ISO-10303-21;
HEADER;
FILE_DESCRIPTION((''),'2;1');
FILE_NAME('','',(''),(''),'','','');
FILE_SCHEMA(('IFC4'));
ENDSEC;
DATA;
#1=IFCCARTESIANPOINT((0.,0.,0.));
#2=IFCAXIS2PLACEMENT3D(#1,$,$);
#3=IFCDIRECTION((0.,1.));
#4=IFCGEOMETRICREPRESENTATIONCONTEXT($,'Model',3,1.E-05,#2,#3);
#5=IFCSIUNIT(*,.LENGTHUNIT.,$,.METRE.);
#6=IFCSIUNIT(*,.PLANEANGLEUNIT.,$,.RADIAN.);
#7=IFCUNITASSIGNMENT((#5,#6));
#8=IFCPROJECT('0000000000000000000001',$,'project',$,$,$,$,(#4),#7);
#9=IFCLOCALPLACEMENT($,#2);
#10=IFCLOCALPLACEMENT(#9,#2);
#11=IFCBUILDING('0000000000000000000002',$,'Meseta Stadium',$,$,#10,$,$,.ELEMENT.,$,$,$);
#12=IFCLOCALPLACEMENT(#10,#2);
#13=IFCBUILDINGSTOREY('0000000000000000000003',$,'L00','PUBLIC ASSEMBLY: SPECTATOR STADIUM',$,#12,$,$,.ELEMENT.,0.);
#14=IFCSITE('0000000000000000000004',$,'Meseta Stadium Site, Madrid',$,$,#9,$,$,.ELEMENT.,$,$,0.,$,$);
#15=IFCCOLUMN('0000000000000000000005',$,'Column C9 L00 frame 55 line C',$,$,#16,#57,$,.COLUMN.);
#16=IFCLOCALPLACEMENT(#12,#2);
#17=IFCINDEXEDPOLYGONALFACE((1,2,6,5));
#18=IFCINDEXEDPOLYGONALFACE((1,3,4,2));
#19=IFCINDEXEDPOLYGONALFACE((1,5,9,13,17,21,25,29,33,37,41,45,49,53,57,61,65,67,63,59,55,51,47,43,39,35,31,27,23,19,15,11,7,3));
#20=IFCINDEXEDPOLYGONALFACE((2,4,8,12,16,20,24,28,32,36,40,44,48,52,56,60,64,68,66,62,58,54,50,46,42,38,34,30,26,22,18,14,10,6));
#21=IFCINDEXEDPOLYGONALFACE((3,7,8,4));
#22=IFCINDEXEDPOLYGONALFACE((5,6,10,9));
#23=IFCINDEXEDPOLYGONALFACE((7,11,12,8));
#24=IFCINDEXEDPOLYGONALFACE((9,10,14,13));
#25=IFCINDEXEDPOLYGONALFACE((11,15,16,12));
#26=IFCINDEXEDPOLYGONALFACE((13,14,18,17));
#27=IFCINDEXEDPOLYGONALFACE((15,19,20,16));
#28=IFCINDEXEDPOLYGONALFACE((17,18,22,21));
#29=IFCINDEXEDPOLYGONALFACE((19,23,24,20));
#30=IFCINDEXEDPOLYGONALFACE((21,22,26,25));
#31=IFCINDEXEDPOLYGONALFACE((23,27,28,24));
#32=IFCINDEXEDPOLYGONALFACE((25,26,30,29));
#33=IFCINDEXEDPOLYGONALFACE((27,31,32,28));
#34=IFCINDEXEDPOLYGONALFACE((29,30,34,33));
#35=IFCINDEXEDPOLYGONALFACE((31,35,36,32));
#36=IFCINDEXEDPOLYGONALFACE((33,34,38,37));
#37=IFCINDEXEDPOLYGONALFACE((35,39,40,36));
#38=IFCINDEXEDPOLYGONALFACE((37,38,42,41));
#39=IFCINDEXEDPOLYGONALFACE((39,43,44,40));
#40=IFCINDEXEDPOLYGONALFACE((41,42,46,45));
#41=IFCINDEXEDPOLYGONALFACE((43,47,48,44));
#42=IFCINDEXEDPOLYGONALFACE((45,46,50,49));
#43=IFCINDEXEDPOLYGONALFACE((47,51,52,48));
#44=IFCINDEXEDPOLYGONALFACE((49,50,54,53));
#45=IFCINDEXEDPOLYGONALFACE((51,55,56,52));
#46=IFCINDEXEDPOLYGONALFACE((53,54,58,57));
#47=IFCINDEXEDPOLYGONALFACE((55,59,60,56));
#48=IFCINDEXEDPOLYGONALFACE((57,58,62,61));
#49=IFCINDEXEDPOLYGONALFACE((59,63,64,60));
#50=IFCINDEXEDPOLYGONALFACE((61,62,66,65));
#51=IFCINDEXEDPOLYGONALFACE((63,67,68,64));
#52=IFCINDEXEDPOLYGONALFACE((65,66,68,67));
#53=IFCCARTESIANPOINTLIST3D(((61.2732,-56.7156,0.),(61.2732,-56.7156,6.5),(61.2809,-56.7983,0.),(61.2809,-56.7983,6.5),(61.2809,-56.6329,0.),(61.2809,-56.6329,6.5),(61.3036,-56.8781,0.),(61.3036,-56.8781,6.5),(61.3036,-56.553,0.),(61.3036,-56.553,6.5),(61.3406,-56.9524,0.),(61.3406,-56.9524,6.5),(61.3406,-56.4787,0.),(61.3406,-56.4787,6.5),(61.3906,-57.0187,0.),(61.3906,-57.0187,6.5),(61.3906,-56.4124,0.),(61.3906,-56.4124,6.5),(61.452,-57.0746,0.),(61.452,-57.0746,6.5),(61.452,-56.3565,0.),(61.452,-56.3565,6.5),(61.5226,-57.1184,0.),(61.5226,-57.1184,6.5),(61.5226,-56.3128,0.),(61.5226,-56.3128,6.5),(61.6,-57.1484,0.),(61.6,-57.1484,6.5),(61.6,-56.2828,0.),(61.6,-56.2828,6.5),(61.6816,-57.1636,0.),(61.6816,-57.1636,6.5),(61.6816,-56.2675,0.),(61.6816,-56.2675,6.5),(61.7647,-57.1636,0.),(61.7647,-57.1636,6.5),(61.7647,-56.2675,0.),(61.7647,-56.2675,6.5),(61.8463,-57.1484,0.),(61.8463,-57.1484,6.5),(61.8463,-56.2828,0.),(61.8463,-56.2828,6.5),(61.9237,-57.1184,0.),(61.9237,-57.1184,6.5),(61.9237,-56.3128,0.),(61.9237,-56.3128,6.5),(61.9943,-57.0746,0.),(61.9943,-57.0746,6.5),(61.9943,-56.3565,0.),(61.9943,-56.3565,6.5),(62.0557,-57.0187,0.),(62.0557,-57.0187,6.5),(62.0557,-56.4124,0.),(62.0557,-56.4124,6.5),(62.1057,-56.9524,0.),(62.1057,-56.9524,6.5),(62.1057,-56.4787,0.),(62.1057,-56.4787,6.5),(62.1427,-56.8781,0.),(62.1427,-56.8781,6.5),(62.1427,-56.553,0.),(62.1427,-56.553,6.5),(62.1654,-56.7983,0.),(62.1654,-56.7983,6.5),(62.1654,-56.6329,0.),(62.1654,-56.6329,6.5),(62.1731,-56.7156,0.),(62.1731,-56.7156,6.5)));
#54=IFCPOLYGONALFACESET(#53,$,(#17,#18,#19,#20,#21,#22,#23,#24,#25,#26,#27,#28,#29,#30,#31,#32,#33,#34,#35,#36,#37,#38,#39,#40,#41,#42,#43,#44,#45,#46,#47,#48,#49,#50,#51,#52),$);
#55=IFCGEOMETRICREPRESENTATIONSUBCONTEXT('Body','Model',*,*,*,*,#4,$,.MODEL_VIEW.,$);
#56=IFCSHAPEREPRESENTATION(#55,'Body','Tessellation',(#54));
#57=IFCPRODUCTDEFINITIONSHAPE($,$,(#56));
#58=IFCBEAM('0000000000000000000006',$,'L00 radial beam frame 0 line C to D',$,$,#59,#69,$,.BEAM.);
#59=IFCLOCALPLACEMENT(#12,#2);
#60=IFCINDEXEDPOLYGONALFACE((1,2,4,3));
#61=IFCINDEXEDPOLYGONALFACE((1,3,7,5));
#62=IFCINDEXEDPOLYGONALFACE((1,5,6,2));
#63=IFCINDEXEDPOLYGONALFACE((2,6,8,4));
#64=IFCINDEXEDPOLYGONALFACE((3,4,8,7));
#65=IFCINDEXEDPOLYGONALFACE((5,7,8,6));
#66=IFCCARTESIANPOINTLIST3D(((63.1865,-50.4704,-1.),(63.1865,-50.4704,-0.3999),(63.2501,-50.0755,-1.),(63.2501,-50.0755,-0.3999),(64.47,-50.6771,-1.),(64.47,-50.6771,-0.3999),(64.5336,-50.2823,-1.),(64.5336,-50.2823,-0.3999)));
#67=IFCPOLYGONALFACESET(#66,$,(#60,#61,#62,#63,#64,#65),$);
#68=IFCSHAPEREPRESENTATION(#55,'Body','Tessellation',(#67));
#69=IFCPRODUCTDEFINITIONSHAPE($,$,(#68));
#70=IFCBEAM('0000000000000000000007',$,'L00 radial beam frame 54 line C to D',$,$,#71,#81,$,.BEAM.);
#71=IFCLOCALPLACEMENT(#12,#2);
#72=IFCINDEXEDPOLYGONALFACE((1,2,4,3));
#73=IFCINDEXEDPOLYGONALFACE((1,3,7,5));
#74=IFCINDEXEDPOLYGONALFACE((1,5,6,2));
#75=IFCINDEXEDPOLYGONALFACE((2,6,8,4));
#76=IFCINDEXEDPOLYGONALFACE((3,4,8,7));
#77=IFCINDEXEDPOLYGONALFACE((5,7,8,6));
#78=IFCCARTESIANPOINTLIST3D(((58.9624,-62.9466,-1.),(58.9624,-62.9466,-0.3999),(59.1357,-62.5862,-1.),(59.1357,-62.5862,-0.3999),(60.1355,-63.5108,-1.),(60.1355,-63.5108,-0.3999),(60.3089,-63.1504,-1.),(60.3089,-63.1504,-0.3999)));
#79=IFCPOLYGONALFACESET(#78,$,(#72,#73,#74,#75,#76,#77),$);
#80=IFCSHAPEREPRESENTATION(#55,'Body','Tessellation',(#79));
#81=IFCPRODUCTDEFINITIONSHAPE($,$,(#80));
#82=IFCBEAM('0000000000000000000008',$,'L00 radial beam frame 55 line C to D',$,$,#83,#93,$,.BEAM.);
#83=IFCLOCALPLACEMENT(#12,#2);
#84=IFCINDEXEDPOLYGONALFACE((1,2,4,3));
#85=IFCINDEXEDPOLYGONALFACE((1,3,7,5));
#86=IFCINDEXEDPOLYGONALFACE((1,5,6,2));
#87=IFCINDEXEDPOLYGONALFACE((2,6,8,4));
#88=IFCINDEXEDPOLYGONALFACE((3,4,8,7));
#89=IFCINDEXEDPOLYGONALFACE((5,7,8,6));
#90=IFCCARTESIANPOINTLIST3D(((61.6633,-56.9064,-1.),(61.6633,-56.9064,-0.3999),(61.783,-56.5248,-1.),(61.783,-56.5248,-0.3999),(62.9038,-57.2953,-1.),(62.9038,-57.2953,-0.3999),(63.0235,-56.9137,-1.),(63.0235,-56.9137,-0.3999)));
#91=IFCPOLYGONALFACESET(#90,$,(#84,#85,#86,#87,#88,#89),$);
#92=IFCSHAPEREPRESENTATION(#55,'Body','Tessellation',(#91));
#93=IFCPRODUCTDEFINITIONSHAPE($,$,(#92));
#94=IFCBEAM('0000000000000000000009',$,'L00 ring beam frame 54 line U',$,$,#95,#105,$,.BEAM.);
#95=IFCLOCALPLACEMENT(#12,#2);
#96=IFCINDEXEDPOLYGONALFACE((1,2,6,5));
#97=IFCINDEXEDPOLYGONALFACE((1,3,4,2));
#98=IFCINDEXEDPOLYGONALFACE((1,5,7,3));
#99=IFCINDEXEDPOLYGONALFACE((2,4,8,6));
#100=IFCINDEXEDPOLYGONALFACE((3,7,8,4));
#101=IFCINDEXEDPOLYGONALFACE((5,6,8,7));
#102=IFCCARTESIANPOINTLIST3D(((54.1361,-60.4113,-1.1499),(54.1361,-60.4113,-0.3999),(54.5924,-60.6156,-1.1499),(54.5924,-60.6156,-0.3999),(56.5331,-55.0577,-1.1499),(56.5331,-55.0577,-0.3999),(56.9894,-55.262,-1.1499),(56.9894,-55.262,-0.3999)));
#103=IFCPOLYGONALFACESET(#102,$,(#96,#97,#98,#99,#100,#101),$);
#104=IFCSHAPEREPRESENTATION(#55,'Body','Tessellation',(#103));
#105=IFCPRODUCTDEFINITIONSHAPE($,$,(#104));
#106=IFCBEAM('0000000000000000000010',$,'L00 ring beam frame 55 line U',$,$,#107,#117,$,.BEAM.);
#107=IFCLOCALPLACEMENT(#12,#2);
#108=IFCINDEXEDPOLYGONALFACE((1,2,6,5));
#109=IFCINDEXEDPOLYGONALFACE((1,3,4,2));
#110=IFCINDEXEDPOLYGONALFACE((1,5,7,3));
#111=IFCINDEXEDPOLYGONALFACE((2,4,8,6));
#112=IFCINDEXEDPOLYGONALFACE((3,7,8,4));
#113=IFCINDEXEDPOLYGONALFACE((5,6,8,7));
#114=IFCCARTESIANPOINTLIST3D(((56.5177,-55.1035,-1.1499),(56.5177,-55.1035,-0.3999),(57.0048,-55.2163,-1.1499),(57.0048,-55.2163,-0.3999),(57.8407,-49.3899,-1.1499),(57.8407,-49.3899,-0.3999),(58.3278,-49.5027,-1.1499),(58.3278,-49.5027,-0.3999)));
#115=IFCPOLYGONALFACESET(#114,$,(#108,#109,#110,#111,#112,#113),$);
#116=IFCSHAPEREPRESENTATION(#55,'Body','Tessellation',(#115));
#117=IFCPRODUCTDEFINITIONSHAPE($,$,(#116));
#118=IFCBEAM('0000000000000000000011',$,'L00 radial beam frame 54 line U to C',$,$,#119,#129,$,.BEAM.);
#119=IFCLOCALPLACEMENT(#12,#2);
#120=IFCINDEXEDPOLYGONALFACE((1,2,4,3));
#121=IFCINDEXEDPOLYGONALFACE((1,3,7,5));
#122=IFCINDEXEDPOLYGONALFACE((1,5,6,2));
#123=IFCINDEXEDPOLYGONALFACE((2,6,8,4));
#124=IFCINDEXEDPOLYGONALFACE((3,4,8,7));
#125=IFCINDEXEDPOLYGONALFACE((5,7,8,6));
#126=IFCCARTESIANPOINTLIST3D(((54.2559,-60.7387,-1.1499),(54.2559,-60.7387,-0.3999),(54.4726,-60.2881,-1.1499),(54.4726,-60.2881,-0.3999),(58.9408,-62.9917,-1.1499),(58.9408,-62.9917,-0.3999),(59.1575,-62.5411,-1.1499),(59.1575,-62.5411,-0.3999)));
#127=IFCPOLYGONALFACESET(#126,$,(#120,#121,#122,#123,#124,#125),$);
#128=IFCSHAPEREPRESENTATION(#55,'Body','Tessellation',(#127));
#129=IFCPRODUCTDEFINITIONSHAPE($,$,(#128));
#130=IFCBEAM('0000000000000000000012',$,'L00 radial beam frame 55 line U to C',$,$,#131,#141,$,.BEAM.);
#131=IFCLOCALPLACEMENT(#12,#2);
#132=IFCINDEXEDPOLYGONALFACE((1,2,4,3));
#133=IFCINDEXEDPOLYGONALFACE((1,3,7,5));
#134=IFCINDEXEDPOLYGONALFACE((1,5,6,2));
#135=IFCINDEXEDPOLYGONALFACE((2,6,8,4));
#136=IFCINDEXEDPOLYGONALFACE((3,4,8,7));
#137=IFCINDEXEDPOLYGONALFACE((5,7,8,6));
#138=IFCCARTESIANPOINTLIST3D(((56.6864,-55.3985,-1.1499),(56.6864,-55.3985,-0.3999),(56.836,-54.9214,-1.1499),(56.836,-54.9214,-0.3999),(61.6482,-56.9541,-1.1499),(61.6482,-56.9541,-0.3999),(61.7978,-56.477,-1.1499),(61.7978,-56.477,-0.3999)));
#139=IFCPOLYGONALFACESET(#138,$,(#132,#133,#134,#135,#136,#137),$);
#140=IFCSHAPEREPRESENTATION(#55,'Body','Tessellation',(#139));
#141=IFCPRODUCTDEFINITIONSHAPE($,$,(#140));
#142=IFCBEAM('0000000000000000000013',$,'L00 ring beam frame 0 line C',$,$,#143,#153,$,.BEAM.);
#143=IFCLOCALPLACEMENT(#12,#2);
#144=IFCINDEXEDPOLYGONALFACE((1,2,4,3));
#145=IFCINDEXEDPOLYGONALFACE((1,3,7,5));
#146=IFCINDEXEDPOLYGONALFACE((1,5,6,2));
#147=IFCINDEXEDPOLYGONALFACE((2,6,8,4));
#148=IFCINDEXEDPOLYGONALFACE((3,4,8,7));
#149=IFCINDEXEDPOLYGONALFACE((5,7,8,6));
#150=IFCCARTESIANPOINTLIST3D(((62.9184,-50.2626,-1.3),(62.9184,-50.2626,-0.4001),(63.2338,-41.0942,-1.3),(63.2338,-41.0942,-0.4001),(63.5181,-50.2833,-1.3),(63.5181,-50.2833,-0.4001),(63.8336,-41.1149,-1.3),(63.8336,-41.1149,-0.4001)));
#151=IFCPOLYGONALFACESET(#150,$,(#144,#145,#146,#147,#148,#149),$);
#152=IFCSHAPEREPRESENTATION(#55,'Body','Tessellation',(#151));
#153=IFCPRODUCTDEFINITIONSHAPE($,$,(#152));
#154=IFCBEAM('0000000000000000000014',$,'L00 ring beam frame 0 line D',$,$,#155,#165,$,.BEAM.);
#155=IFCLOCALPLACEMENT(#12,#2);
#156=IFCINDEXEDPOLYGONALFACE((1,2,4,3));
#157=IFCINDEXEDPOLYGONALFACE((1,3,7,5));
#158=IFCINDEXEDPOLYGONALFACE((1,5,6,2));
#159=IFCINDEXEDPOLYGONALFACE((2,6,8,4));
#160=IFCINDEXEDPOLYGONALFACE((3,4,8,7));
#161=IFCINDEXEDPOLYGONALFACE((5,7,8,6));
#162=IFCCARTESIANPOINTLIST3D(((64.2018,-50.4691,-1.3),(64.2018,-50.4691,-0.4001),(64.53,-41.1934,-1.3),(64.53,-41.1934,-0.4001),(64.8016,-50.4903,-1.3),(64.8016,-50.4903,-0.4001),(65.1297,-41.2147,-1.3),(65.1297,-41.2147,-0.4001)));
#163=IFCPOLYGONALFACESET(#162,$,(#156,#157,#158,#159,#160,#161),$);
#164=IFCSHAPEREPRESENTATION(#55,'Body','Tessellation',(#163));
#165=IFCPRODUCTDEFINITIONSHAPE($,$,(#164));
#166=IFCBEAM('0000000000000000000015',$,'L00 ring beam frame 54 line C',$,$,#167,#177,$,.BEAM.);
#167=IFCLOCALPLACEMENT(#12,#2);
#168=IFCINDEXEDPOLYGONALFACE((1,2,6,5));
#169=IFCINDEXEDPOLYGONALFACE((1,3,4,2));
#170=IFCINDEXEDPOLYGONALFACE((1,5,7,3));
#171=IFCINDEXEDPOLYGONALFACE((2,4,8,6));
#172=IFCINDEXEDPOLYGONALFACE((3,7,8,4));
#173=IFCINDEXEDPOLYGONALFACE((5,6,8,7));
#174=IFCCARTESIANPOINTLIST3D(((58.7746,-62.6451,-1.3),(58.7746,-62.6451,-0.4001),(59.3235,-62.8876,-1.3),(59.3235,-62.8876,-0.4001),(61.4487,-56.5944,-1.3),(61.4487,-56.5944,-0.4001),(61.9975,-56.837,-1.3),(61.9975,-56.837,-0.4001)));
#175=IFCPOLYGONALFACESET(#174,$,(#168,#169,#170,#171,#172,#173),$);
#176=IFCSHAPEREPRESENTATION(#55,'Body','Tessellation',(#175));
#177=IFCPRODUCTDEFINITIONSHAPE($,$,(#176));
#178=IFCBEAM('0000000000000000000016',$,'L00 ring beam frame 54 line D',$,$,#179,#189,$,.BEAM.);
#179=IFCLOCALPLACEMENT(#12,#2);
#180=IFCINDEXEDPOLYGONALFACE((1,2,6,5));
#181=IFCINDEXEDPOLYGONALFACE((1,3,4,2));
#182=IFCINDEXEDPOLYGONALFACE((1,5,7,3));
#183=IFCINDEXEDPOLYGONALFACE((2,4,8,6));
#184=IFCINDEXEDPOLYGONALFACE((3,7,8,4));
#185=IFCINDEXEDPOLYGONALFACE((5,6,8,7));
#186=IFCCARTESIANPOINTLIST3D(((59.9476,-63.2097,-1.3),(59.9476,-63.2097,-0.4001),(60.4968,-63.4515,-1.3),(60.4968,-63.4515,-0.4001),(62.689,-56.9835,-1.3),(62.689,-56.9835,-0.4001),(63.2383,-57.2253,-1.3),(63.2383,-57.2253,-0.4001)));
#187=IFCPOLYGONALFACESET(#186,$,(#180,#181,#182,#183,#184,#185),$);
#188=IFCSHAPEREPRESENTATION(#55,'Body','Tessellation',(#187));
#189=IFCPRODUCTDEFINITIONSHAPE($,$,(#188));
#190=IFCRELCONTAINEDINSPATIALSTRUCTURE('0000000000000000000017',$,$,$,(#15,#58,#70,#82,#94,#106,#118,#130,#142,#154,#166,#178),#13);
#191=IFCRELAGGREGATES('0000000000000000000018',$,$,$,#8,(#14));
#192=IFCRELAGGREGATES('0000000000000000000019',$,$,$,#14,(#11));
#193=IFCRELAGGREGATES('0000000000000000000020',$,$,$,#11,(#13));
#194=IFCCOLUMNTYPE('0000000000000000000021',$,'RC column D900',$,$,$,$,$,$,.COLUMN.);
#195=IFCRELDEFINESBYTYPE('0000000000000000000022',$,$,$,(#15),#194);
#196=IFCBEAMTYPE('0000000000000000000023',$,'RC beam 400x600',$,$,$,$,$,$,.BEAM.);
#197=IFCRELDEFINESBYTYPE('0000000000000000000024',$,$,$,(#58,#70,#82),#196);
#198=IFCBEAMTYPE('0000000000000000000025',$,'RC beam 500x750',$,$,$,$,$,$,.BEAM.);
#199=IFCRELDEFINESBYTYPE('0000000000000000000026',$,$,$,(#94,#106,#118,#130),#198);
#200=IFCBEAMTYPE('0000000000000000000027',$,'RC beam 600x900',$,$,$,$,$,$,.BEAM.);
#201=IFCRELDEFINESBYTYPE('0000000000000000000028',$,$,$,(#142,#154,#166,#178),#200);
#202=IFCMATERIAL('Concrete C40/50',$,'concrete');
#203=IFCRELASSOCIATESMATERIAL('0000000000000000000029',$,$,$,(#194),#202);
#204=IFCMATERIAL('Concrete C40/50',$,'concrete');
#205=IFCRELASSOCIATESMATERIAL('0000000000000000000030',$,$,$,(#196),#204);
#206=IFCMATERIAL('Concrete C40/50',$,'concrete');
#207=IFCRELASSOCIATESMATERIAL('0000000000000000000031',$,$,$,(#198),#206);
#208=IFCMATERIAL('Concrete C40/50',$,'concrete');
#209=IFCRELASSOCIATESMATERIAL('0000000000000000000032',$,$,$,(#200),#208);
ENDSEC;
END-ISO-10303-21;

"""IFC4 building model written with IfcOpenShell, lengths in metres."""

from ifc_helpers import new_model, si_unit, direction, frame, origin, origin_2d, place, context, subcontext, project, spatial, rectangle, circle, extrude, material, material_profile, profile_set, type_object, element, save


model = new_model("IFC4")

# Units and contexts
model_context = context("Model", 3, precision=1e-05, world=origin(), true_north=direction((0.0, 1.0)))
body_context = subcontext(model_context, "Body", "Model", "MODEL_VIEW")
ifc_project = project(units=[si_unit("LENGTHUNIT", "METRE"), si_unit("PLANEANGLEUNIT", "RADIAN")], contexts=[model_context])

# Site, building, storey
site_placement = place(None, origin())
site = spatial("IfcSite", under=ifc_project, at=site_placement, Name="Meseta Stadium Site, Madrid", CompositionType="ELEMENT", RefElevation=0.0)
building_placement = place(site_placement, origin())
building = spatial("IfcBuilding", under=site, at=building_placement, Name="Meseta Stadium", CompositionType="ELEMENT")
storey_placement = place(building_placement, origin())
storey = spatial("IfcBuildingStorey", under=building, at=storey_placement, Name="L00", Description="PUBLIC ASSEMBLY: SPECTATOR STADIUM", CompositionType="ELEMENT", Elevation=0.0)

# Column
ifc_material_1 = material(Name="Concrete C40/50", Category="concrete")
ifc_material_profile_1 = material_profile(ifc_material_1, circle(Radius=0.45, at=origin_2d()), Name="RC D900")
ifc_profile_set_1 = profile_set([ifc_material_profile_1], Name="Concrete C40/50")
column_type_1 = type_object("IfcColumnType", Name="RC column D900", PredefinedType="COLUMN", material=ifc_profile_set_1)
for number, where, z_axis, x_axis, name in (
    (1, (61.7231, -56.7156, 0.0), (0.0, 0.0, 1.0), (1.0, 0.0, 0.0), "Column C9 L00 frame 55 line C"),
):
    element("IfcColumn", number, at=place(storey_placement, frame(where, z_axis=z_axis, x_axis=x_axis)), inside=storey, type_object=column_type_1, Name=name, PredefinedType="COLUMN", context=body_context, shape_type="SweptSolid", body=[
        extrude(circle(Radius=0.45, at=origin_2d()), origin(), (0.0, 0.0, 1.0), 6.5),
    ])

# Beams
ifc_material_2 = material(Name="Concrete C40/50", Category="concrete")
ifc_material_profile_2 = material_profile(ifc_material_2, rectangle(XDim=0.3999, YDim=0.6001, at=origin_2d()), Name="RC 400x600")
ifc_profile_set_2 = profile_set([ifc_material_profile_2], Name="Concrete C40/50")
beam_type_1 = type_object("IfcBeamType", Name="RC beam 400x600", PredefinedType="BEAM", material=ifc_profile_set_2)
beam_1_placement = place(storey_placement, frame((63.2183, -50.2729, -0.7), z_axis=(0.987268, -0.159067, 0.0), x_axis=(0.159067, 0.987268, 0.0)))
element("IfcBeam", 2, at=beam_1_placement, inside=storey, type_object=beam_type_1, Name="L00 radial beam frame 0 line C to D", PredefinedType="BEAM", context=body_context, shape_type="SweptSolid", body=[
    extrude(rectangle(XDim=0.3999, YDim=0.6001, at=origin_2d()), origin(), (0.0, 0.0, 1.0), 1.3),
])
beam_2_placement = place(storey_placement, frame((59.0491, -62.7664, -0.7), z_axis=(0.901186, -0.433432, 0.0), x_axis=(0.433432, 0.901186, 0.0)))
element("IfcBeam", 3, at=beam_2_placement, inside=storey, type_object=beam_type_1, Name="L00 radial beam frame 54 line C to D", PredefinedType="BEAM", context=body_context, shape_type="SweptSolid", body=[
    extrude(rectangle(XDim=0.3999, YDim=0.6001, at=origin_2d()), origin(), (0.0, 0.0, 1.0), 1.3018),
])
beam_3_placement = place(storey_placement, frame((61.7231, -56.7156, -0.7), z_axis=(0.954202, -0.299162, 0.0), x_axis=(0.299162, 0.954202, 0.0)))
element("IfcBeam", 4, at=beam_3_placement, inside=storey, type_object=beam_type_1, Name="L00 radial beam frame 55 line C to D", PredefinedType="BEAM", context=body_context, shape_type="SweptSolid", body=[
    extrude(rectangle(XDim=0.3999, YDim=0.6001, at=origin_2d()), origin(), (0.0, 0.0, 1.0), 1.3),
])
ifc_material_3 = material(Name="Concrete C40/50", Category="concrete")
ifc_material_profile_3 = material_profile(ifc_material_3, rectangle(XDim=0.5, YDim=0.75, at=origin_2d()), Name="RC 500x750")
ifc_profile_set_3 = profile_set([ifc_material_profile_3], Name="Concrete C40/50")
beam_type_2 = type_object("IfcBeamType", Name="RC beam 500x750", PredefinedType="BEAM", material=ifc_profile_set_3)
beam_4_placement = place(storey_placement, frame((54.3643, -60.5134, -0.7749), z_axis=(0.408647, 0.912692, 0.0), x_axis=(-0.912692, 0.408647, 0.0)))
element("IfcBeam", 5, at=beam_4_placement, inside=storey, type_object=beam_type_2, Name="L00 ring beam frame 54 line U", PredefinedType="BEAM", context=body_context, shape_type="SweptSolid", body=[
    extrude(rectangle(XDim=0.5, YDim=0.75, at=origin_2d()), origin(), (0.0, 0.0, 1.0), 5.8657),
])
beam_5_placement = place(storey_placement, frame((56.7612, -55.1599, -0.7749), z_axis=(0.225583, 0.974224, 0.0), x_axis=(-0.974224, 0.225583, 0.0)))
element("IfcBeam", 6, at=beam_5_placement, inside=storey, type_object=beam_type_2, Name="L00 ring beam frame 55 line U", PredefinedType="BEAM", context=body_context, shape_type="SweptSolid", body=[
    extrude(rectangle(XDim=0.5, YDim=0.75, at=origin_2d()), origin(), (0.0, 0.0, 1.0), 5.8647),
])
beam_6_placement = place(storey_placement, frame((54.3643, -60.5134, -0.7749), z_axis=(0.901206, -0.433391, 0.0), x_axis=(0.433391, 0.901206, 0.0)))
element("IfcBeam", 7, at=beam_6_placement, inside=storey, type_object=beam_type_2, Name="L00 radial beam frame 54 line U to C", PredefinedType="BEAM", context=body_context, shape_type="SweptSolid", body=[
    extrude(rectangle(XDim=0.5, YDim=0.75, at=origin_2d()), origin(), (0.0, 0.0, 1.0), 5.1985),
])
beam_7_placement = place(storey_placement, frame((56.7612, -55.1599, -0.7749), z_axis=(0.954202, -0.299162, 0.0), x_axis=(0.299162, 0.954202, 0.0)))
element("IfcBeam", 8, at=beam_7_placement, inside=storey, type_object=beam_type_2, Name="L00 radial beam frame 55 line U to C", PredefinedType="BEAM", context=body_context, shape_type="SweptSolid", body=[
    extrude(rectangle(XDim=0.5, YDim=0.75, at=origin_2d()), origin(), (0.0, 0.0, 1.0), 5.2),
])
ifc_material_4 = material(Name="Concrete C40/50", Category="concrete")
ifc_material_profile_4 = material_profile(ifc_material_4, rectangle(XDim=0.6001, YDim=0.8999, at=origin_2d()), Name="RC 600x900")
ifc_profile_set_4 = profile_set([ifc_material_profile_4], Name="Concrete C40/50")
beam_type_3 = type_object("IfcBeamType", Name="RC beam 600x900", PredefinedType="BEAM", material=ifc_profile_set_4)
beam_8_placement = place(storey_placement, frame((63.2183, -50.2729, -0.8501), z_axis=(0.034383, 0.999409, 0.0), x_axis=(-0.999409, 0.034383, 0.0)))
element("IfcBeam", 9, at=beam_8_placement, inside=storey, type_object=beam_type_3, Name="L00 ring beam frame 0 line C", PredefinedType="BEAM", context=body_context, shape_type="SweptSolid", body=[
    extrude(rectangle(XDim=0.6001, YDim=0.8999, at=origin_2d()), origin(), (0.0, 0.0, 1.0), 9.1738),
])
beam_9_placement = place(storey_placement, frame((64.5017, -50.4797, -0.8501), z_axis=(0.035353, 0.999375, 0.0), x_axis=(-0.999375, 0.035353, 0.0)))
element("IfcBeam", 10, at=beam_9_placement, inside=storey, type_object=beam_type_3, Name="L00 ring beam frame 0 line D", PredefinedType="BEAM", context=body_context, shape_type="SweptSolid", body=[
    extrude(rectangle(XDim=0.6001, YDim=0.8999, at=origin_2d()), origin(), (0.0, 0.0, 1.0), 9.2815),
])
beam_10_placement = place(storey_placement, frame((59.0491, -62.7664, -0.8501), z_axis=(0.404223, 0.91466, 0.0), x_axis=(-0.91466, 0.404223, 0.0)))
element("IfcBeam", 11, at=beam_10_placement, inside=storey, type_object=beam_type_3, Name="L00 ring beam frame 54 line C", PredefinedType="BEAM", context=body_context, shape_type="SweptSolid", body=[
    extrude(rectangle(XDim=0.6001, YDim=0.8999, at=origin_2d()), origin(), (0.0, 0.0, 1.0), 6.6152),
])
beam_11_placement = place(storey_placement, frame((60.2222, -63.3306, -0.8501), z_axis=(0.402983, 0.915208, 0.0), x_axis=(-0.915208, 0.402983, 0.0)))
element("IfcBeam", 12, at=beam_11_placement, inside=storey, type_object=beam_type_3, Name="L00 ring beam frame 54 line D", PredefinedType="BEAM", context=body_context, shape_type="SweptSolid", body=[
    extrude(rectangle(XDim=0.6001, YDim=0.8999, at=origin_2d()), origin(), (0.0, 0.0, 1.0), 6.803),
])

save(model, "model.ifc")
